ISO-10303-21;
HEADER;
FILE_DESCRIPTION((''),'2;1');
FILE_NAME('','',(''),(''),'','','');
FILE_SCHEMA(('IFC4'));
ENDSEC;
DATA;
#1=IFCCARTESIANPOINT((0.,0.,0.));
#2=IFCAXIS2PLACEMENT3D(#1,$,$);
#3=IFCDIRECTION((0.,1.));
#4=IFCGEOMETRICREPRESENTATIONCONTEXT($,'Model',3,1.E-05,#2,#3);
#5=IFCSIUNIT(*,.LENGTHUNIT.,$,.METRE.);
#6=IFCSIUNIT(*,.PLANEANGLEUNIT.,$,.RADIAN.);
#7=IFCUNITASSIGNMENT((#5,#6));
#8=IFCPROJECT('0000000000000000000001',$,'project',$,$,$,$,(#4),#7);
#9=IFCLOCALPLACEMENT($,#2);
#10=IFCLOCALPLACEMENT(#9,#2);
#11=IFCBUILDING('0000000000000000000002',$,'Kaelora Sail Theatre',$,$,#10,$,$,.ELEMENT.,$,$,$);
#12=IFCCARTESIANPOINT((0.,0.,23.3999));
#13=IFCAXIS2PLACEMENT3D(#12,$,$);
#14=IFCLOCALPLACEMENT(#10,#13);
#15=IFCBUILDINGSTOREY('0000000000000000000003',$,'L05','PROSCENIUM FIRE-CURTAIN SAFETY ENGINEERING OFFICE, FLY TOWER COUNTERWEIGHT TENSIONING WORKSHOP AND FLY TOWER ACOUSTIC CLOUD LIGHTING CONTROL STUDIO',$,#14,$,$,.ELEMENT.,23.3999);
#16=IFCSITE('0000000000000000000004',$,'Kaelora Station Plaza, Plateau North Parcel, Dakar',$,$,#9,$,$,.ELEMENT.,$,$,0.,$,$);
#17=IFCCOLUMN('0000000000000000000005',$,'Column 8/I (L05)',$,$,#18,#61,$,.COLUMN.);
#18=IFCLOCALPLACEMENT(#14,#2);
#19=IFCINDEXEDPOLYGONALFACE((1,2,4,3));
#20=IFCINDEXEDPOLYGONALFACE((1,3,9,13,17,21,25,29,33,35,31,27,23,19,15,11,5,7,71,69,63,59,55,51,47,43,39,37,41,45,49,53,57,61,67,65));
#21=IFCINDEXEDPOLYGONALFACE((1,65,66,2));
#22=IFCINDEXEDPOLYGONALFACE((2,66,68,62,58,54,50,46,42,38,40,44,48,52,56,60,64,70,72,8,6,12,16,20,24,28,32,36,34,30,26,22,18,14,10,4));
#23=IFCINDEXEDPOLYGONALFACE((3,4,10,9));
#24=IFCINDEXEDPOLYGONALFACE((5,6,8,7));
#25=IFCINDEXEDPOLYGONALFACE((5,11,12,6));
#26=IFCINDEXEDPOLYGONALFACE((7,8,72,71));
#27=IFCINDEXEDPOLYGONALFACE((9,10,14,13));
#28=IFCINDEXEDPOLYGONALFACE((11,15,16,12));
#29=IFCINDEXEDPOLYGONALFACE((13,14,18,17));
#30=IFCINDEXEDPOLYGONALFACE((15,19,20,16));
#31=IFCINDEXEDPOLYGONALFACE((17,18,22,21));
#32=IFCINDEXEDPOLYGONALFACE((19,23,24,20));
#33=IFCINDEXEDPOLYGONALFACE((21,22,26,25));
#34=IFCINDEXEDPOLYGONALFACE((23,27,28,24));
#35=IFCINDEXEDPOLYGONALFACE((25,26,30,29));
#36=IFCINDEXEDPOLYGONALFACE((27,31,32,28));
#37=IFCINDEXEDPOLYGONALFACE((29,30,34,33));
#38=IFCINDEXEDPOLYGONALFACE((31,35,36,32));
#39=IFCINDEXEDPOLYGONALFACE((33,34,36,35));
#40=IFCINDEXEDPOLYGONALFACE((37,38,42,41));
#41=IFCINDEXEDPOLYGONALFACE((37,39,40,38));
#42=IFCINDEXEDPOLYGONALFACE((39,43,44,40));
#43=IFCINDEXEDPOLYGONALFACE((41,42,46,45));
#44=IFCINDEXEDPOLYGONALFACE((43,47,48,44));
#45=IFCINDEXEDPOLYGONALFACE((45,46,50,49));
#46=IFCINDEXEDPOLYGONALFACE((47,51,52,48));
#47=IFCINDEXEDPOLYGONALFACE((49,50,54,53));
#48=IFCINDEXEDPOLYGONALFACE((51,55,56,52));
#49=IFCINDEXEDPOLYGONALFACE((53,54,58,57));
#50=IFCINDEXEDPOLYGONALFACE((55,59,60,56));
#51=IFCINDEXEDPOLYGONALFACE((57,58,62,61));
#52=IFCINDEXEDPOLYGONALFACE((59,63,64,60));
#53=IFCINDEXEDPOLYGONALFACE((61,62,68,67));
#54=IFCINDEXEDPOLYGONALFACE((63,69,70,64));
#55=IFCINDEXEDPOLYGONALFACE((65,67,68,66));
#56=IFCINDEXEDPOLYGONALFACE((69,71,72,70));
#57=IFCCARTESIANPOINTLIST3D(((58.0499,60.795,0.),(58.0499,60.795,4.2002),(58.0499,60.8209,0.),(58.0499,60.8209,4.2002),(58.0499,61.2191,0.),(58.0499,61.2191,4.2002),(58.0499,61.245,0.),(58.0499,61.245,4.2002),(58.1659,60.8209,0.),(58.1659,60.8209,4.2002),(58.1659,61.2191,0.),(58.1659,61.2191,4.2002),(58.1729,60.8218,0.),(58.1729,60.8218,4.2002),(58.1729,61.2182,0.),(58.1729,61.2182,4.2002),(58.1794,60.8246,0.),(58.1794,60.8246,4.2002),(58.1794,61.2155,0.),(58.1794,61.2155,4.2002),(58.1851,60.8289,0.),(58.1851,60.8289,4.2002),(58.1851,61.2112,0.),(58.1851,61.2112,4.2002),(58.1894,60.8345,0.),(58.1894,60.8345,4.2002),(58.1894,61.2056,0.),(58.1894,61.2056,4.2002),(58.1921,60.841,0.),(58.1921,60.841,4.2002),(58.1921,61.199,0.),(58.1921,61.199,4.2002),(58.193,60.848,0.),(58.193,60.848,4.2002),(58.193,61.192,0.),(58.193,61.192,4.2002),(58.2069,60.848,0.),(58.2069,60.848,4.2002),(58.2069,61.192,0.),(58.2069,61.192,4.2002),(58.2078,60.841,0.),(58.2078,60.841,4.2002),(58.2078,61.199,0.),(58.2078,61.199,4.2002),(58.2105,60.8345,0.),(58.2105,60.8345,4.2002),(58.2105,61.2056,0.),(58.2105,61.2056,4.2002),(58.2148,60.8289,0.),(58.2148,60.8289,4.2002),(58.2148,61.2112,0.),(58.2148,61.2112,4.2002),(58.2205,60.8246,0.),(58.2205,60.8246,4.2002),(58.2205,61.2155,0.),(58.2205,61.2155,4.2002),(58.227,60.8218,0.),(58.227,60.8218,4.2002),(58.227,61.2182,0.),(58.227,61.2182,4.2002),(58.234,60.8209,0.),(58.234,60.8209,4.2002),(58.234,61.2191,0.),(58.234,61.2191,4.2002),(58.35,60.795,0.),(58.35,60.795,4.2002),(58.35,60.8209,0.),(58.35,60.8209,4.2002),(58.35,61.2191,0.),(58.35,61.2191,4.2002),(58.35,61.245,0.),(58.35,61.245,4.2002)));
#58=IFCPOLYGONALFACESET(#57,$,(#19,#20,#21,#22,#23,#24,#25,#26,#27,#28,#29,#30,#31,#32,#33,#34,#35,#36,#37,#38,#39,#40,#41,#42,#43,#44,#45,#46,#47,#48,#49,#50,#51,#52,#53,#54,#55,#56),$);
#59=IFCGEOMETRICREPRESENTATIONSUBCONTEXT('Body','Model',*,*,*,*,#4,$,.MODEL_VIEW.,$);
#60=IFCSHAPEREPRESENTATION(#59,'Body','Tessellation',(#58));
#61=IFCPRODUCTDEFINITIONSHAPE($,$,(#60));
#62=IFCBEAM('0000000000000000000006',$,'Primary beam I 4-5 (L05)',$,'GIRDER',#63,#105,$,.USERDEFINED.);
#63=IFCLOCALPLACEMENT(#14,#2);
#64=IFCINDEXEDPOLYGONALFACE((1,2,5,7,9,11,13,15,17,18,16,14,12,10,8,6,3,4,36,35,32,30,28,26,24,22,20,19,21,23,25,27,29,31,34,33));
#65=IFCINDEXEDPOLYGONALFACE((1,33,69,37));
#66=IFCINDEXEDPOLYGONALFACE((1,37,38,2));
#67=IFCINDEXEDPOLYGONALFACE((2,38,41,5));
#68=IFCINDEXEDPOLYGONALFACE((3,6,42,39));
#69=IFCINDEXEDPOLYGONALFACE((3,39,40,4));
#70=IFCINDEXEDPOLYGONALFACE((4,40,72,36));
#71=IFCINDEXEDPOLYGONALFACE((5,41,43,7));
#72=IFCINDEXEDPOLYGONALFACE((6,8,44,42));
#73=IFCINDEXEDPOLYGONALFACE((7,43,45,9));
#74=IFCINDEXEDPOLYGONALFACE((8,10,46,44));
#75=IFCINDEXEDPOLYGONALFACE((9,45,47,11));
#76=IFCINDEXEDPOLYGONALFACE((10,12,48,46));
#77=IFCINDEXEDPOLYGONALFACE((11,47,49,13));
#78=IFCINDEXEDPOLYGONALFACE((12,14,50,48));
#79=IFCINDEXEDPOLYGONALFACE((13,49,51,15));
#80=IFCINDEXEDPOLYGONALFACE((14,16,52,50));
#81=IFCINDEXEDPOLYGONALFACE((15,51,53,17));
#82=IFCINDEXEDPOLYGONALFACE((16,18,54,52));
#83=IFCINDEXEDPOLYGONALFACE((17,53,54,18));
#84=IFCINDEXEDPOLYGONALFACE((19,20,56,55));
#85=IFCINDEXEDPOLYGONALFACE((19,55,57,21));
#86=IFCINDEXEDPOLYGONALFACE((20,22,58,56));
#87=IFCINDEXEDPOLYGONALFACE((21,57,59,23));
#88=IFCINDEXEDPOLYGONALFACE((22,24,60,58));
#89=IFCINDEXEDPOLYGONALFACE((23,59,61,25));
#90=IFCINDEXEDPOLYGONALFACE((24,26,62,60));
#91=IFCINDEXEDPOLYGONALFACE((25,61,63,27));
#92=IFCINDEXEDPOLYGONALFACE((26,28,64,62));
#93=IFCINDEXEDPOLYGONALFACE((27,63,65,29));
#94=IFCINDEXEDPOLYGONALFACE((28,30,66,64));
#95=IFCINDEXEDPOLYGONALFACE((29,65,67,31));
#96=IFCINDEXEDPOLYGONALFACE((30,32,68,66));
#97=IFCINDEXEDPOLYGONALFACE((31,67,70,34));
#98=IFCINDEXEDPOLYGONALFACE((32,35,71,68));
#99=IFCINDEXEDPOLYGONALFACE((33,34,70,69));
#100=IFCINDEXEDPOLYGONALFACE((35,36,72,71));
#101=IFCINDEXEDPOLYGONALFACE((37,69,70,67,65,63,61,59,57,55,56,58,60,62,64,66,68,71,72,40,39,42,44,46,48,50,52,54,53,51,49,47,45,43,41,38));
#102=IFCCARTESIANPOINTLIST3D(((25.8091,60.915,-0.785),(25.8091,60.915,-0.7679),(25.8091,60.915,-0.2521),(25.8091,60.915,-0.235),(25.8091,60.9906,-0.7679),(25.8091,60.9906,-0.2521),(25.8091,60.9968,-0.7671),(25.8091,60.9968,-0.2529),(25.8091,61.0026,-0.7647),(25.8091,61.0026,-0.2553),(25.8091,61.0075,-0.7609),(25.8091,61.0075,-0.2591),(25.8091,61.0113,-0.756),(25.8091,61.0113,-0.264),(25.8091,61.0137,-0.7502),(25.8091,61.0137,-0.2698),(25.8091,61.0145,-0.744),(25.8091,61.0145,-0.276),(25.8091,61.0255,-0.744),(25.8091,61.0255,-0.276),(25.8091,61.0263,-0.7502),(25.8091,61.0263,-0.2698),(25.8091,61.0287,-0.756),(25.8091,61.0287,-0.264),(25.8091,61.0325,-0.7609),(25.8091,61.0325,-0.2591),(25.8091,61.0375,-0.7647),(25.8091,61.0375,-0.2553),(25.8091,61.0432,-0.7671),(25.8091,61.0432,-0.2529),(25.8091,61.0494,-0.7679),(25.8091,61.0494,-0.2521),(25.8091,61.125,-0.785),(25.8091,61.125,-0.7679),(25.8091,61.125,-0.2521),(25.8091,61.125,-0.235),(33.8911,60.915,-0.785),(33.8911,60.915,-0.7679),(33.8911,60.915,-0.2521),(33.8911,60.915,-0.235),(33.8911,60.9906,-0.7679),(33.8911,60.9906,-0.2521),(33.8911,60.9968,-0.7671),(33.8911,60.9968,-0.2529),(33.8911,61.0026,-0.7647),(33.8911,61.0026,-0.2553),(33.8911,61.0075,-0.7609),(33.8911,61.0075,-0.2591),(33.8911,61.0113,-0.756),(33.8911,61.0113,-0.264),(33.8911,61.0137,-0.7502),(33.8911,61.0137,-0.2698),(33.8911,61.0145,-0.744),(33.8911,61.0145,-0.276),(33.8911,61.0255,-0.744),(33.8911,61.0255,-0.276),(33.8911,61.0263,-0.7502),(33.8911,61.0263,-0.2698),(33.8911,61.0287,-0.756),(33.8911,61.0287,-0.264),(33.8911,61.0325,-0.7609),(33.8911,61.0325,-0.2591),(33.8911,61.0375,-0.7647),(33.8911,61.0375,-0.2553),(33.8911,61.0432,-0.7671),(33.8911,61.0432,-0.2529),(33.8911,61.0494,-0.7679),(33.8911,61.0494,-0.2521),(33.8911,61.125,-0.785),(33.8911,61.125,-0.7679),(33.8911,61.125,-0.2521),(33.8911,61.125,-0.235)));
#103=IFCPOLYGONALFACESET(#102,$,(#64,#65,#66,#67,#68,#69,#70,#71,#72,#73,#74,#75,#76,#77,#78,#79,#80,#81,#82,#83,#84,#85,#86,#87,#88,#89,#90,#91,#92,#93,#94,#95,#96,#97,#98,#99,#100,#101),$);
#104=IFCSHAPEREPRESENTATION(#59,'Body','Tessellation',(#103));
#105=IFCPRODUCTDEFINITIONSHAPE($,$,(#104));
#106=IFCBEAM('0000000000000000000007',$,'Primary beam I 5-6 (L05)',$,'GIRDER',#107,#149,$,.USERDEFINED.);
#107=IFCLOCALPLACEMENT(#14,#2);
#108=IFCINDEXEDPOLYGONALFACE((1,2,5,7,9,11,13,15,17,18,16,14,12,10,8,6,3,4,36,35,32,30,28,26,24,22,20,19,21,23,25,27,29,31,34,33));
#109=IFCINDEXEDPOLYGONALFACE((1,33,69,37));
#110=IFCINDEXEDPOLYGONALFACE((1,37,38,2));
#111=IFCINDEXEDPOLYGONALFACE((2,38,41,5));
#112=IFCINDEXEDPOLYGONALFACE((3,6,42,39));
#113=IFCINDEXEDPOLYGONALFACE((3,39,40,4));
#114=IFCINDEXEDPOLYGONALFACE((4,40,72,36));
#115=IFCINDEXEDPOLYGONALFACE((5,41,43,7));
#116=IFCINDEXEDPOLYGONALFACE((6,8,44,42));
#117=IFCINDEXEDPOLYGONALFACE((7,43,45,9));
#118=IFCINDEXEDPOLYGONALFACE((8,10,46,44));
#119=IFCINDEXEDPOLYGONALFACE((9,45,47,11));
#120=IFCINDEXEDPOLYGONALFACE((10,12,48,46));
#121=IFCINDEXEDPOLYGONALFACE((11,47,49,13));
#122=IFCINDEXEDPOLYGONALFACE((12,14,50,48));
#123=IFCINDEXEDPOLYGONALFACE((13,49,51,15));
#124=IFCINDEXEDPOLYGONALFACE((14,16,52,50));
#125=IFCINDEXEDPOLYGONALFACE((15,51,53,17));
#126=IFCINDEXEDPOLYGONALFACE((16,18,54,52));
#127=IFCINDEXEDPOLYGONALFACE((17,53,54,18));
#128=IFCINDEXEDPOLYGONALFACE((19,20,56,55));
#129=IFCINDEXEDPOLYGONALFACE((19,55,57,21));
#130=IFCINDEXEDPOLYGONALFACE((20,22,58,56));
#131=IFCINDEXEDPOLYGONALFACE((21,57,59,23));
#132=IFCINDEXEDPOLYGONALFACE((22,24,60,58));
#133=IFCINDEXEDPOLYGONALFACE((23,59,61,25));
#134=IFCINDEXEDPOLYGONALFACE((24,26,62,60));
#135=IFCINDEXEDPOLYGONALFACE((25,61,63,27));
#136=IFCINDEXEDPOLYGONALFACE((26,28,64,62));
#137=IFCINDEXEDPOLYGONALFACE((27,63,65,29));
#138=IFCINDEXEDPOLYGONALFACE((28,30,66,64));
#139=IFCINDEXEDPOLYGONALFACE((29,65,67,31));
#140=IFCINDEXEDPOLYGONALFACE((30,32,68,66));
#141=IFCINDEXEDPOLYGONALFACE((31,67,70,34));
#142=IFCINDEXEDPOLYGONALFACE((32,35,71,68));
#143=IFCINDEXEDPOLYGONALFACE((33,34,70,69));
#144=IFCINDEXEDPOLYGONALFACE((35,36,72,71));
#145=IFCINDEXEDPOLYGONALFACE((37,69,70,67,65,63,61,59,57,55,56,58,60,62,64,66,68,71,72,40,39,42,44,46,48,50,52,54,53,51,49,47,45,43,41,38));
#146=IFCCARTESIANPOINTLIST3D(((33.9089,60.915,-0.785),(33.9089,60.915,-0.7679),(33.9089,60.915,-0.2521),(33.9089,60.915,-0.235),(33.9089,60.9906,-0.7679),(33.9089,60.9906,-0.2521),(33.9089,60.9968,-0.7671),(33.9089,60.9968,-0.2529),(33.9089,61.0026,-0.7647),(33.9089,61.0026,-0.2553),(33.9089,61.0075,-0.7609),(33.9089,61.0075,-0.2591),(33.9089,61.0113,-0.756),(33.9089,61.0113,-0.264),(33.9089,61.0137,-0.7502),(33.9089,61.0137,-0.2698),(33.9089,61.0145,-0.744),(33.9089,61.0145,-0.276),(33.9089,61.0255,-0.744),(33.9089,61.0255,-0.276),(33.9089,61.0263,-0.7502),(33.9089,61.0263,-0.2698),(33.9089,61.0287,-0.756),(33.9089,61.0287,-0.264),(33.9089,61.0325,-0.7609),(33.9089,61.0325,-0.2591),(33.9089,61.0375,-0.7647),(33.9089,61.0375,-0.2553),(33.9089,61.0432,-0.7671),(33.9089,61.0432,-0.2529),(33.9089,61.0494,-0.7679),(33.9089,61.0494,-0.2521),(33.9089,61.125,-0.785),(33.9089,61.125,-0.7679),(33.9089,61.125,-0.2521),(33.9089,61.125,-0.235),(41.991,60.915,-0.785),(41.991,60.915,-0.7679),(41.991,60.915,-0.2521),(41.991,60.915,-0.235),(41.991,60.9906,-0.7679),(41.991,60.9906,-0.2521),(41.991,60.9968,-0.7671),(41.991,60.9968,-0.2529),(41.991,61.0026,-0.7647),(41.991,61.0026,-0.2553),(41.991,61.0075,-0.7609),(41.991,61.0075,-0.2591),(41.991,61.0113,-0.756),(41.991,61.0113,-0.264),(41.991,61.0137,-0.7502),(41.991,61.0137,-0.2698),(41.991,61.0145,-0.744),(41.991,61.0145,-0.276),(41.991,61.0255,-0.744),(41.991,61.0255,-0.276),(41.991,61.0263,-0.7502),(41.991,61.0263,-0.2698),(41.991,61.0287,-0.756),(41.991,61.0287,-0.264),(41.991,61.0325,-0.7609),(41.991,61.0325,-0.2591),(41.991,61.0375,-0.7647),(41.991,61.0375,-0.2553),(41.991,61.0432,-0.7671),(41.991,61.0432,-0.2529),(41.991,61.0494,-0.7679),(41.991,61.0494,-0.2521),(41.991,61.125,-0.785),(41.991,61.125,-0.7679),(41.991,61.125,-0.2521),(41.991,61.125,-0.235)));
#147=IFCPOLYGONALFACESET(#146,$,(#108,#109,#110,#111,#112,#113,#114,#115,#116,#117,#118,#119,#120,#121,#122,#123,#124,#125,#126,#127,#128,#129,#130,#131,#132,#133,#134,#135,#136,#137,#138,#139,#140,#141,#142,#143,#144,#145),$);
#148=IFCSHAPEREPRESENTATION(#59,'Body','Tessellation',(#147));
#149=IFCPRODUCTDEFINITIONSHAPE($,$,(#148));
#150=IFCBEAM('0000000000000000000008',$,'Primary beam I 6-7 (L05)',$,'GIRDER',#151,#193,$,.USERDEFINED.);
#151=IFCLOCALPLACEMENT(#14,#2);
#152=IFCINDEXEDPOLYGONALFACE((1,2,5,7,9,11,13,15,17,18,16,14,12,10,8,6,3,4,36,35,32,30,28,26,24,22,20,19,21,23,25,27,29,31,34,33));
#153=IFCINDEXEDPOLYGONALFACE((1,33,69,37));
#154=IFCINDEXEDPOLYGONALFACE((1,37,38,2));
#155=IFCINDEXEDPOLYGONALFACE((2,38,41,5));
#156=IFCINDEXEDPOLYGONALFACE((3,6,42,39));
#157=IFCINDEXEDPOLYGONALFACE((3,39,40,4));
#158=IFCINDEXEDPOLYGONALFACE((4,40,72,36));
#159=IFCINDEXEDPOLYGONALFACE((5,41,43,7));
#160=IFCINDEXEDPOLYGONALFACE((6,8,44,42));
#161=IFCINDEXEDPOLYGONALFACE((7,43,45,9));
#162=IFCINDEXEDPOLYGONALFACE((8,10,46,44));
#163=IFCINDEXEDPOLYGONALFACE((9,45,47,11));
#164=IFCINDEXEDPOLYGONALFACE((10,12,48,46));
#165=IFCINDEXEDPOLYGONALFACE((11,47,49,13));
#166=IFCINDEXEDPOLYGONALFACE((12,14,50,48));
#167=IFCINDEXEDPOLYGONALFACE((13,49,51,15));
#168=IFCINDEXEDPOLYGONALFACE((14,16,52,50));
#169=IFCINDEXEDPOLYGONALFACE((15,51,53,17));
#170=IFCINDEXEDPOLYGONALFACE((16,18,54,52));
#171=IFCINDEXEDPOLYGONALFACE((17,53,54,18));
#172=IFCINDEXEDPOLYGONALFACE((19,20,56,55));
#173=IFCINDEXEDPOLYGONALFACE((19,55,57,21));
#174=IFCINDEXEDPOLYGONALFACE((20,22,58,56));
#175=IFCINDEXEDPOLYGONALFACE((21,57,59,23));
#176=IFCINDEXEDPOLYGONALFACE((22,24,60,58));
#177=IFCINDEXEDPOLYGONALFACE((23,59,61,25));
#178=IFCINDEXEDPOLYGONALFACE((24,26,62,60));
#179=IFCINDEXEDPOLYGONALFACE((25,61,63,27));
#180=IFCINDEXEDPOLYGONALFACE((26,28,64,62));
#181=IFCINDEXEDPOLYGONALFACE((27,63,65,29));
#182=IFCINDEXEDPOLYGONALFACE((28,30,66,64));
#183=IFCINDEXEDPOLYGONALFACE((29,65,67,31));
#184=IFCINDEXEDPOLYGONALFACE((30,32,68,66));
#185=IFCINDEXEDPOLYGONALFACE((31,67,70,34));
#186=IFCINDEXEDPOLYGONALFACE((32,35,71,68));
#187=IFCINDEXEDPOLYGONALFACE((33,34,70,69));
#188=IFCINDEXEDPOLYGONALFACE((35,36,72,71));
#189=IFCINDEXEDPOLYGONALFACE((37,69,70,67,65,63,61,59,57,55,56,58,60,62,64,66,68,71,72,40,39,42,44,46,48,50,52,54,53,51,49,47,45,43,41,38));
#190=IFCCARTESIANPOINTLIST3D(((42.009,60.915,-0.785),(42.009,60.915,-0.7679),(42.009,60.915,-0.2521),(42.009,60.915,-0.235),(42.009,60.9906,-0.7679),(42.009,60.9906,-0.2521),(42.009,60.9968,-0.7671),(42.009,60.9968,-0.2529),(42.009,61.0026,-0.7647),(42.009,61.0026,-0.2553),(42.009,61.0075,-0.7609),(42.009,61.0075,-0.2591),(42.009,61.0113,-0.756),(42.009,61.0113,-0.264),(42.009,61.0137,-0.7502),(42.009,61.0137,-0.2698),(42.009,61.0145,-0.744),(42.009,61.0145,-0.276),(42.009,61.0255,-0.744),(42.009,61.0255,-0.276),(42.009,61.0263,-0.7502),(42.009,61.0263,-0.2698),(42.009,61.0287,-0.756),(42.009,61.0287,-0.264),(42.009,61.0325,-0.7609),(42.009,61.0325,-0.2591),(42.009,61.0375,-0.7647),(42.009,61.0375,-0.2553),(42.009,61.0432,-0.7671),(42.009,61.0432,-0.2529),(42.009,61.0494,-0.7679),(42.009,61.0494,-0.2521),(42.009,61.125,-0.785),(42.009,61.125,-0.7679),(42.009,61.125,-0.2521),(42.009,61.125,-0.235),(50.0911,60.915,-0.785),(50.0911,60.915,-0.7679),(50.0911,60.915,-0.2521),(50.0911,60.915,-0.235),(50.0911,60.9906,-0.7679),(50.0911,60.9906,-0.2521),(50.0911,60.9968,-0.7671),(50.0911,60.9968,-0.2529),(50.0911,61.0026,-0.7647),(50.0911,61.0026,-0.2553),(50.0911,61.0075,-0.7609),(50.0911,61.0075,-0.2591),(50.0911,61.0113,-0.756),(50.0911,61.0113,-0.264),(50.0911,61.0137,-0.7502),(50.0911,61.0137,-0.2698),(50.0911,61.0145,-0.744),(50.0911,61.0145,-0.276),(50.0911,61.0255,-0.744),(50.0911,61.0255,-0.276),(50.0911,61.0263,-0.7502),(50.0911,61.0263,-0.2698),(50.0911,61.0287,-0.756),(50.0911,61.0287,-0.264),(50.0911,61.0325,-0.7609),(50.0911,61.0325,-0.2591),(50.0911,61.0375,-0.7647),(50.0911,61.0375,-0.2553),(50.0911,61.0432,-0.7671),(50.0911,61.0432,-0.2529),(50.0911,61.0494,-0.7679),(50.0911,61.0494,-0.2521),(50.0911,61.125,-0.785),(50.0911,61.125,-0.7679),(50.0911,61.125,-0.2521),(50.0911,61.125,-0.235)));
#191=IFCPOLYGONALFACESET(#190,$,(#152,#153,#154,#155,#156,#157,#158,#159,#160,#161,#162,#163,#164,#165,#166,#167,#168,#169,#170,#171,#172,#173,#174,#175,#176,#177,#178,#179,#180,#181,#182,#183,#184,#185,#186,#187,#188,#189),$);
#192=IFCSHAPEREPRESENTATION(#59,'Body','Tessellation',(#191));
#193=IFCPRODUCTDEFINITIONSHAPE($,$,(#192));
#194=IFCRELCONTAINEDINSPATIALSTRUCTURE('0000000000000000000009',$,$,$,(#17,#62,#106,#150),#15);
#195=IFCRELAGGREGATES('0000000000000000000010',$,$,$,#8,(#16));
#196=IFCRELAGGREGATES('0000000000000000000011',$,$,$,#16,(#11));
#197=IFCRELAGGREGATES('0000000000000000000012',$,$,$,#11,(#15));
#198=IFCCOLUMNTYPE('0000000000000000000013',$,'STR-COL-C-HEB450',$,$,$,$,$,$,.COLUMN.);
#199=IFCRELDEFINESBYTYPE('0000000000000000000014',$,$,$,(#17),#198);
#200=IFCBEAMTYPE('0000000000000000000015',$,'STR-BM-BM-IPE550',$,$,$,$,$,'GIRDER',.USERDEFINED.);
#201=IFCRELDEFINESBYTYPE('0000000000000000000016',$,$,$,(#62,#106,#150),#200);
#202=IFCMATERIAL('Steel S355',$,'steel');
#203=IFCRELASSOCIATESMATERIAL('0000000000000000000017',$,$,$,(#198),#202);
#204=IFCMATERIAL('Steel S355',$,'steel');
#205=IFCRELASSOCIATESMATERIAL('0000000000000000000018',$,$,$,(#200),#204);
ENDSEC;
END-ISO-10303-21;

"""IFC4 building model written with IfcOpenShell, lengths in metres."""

from ifc_helpers import new_model, si_unit, direction, frame, origin, origin_2d, place, context, subcontext, project, spatial, i_section, extrude, material, material_profile, profile_set, type_object, element, save


model = new_model("IFC4")

# Units and contexts
model_context = context("Model", 3, precision=1e-05, world=origin(), true_north=direction((0.0, 1.0)))
body_context = subcontext(model_context, "Body", "Model", "MODEL_VIEW")
ifc_project = project(units=[si_unit("LENGTHUNIT", "METRE"), si_unit("PLANEANGLEUNIT", "RADIAN")], contexts=[model_context])

# Site, building, storey
site_placement = place(None, origin())
site = spatial("IfcSite", under=ifc_project, at=site_placement, Name="Kaelora Station Plaza, Plateau North Parcel, Dakar", CompositionType="ELEMENT", RefElevation=0.0)
building_placement = place(site_placement, origin())
building = spatial("IfcBuilding", under=site, at=building_placement, Name="Kaelora Sail Theatre", CompositionType="ELEMENT")
storey_placement = place(building_placement, frame((0.0, 0.0, 23.3999)))
storey = spatial("IfcBuildingStorey", under=building, at=storey_placement, Name="L05", Description="PROSCENIUM FIRE-CURTAIN SAFETY ENGINEERING OFFICE, FLY TOWER COUNTERWEIGHT TENSIONING WORKSHOP AND FLY TOWER ACOUSTIC CLOUD LIGHTING CONTROL STUDIO", CompositionType="ELEMENT", Elevation=23.3999)

# Column
ifc_material_1 = material(Name="Steel S355", Category="steel")
ifc_material_profile_1 = material_profile(ifc_material_1, i_section(OverallWidth=0.3, OverallDepth=0.45, WebThickness=0.0139, FlangeThickness=0.0259, FilletRadius=0.0271, at=origin_2d()), Name="HEB 450")
ifc_profile_set_1 = profile_set([ifc_material_profile_1], Name="Steel S355")
column_type = type_object("IfcColumnType", Name="STR-COL-C-HEB450", PredefinedType="COLUMN", material=ifc_profile_set_1)
for number, where, z_axis, x_axis, name in (
    (1, (58.2, 61.02, 0.0), (0.0, 0.0, 1.0), (1.0, 0.0, 0.0), "Column 8/I (L05)"),
):
    element("IfcColumn", number, at=place(storey_placement, frame(where, z_axis=z_axis, x_axis=x_axis)), inside=storey, type_object=column_type, Name=name, PredefinedType="COLUMN", context=body_context, shape_type="SweptSolid", body=[
        extrude(i_section(OverallWidth=0.3, OverallDepth=0.45, WebThickness=0.0139, FlangeThickness=0.0259, FilletRadius=0.0271, at=origin_2d()), origin(), (0.0, 0.0, 1.0), 4.2002),
    ])

# Beams
ifc_material_2 = material(Name="Steel S355", Category="steel")
ifc_material_profile_2 = material_profile(ifc_material_2, i_section(OverallWidth=0.21, OverallDepth=0.55, WebThickness=0.011, FlangeThickness=0.0171, FilletRadius=0.0239, at=origin_2d()), Name="IPE 550")
ifc_profile_set_2 = profile_set([ifc_material_profile_2], Name="Steel S355")
beam_type = type_object("IfcBeamType", Name="STR-BM-BM-IPE550", ElementType="GIRDER", PredefinedType="USERDEFINED", material=ifc_profile_set_2)
for number, where, z_axis, x_axis, name in (
    (2, (25.8091, 61.02, -0.51), (1.0, 0.0, 0.0), (0.0, 1.0, 0.0), "Primary beam I 4-5 (L05)"),
    (3, (33.9089, 61.02, -0.51), (1.0, 0.0, 0.0), (0.0, 1.0, 0.0), "Primary beam I 5-6 (L05)"),
    (4, (42.009, 61.02, -0.51), (1.0, 0.0, 0.0), (0.0, 1.0, 0.0), "Primary beam I 6-7 (L05)"),
):
    element("IfcBeam", number, at=place(storey_placement, frame(where, z_axis=z_axis, x_axis=x_axis)), inside=storey, type_object=beam_type, Name=name, ObjectType="GIRDER", PredefinedType="USERDEFINED", context=body_context, shape_type="SweptSolid", body=[
        extrude(i_section(OverallWidth=0.21, OverallDepth=0.55, WebThickness=0.011, FlangeThickness=0.0171, FilletRadius=0.0239, at=origin_2d()), origin(), (0.0, 0.0, 1.0), 8.082),
    ])

save(model, "model.ifc")
